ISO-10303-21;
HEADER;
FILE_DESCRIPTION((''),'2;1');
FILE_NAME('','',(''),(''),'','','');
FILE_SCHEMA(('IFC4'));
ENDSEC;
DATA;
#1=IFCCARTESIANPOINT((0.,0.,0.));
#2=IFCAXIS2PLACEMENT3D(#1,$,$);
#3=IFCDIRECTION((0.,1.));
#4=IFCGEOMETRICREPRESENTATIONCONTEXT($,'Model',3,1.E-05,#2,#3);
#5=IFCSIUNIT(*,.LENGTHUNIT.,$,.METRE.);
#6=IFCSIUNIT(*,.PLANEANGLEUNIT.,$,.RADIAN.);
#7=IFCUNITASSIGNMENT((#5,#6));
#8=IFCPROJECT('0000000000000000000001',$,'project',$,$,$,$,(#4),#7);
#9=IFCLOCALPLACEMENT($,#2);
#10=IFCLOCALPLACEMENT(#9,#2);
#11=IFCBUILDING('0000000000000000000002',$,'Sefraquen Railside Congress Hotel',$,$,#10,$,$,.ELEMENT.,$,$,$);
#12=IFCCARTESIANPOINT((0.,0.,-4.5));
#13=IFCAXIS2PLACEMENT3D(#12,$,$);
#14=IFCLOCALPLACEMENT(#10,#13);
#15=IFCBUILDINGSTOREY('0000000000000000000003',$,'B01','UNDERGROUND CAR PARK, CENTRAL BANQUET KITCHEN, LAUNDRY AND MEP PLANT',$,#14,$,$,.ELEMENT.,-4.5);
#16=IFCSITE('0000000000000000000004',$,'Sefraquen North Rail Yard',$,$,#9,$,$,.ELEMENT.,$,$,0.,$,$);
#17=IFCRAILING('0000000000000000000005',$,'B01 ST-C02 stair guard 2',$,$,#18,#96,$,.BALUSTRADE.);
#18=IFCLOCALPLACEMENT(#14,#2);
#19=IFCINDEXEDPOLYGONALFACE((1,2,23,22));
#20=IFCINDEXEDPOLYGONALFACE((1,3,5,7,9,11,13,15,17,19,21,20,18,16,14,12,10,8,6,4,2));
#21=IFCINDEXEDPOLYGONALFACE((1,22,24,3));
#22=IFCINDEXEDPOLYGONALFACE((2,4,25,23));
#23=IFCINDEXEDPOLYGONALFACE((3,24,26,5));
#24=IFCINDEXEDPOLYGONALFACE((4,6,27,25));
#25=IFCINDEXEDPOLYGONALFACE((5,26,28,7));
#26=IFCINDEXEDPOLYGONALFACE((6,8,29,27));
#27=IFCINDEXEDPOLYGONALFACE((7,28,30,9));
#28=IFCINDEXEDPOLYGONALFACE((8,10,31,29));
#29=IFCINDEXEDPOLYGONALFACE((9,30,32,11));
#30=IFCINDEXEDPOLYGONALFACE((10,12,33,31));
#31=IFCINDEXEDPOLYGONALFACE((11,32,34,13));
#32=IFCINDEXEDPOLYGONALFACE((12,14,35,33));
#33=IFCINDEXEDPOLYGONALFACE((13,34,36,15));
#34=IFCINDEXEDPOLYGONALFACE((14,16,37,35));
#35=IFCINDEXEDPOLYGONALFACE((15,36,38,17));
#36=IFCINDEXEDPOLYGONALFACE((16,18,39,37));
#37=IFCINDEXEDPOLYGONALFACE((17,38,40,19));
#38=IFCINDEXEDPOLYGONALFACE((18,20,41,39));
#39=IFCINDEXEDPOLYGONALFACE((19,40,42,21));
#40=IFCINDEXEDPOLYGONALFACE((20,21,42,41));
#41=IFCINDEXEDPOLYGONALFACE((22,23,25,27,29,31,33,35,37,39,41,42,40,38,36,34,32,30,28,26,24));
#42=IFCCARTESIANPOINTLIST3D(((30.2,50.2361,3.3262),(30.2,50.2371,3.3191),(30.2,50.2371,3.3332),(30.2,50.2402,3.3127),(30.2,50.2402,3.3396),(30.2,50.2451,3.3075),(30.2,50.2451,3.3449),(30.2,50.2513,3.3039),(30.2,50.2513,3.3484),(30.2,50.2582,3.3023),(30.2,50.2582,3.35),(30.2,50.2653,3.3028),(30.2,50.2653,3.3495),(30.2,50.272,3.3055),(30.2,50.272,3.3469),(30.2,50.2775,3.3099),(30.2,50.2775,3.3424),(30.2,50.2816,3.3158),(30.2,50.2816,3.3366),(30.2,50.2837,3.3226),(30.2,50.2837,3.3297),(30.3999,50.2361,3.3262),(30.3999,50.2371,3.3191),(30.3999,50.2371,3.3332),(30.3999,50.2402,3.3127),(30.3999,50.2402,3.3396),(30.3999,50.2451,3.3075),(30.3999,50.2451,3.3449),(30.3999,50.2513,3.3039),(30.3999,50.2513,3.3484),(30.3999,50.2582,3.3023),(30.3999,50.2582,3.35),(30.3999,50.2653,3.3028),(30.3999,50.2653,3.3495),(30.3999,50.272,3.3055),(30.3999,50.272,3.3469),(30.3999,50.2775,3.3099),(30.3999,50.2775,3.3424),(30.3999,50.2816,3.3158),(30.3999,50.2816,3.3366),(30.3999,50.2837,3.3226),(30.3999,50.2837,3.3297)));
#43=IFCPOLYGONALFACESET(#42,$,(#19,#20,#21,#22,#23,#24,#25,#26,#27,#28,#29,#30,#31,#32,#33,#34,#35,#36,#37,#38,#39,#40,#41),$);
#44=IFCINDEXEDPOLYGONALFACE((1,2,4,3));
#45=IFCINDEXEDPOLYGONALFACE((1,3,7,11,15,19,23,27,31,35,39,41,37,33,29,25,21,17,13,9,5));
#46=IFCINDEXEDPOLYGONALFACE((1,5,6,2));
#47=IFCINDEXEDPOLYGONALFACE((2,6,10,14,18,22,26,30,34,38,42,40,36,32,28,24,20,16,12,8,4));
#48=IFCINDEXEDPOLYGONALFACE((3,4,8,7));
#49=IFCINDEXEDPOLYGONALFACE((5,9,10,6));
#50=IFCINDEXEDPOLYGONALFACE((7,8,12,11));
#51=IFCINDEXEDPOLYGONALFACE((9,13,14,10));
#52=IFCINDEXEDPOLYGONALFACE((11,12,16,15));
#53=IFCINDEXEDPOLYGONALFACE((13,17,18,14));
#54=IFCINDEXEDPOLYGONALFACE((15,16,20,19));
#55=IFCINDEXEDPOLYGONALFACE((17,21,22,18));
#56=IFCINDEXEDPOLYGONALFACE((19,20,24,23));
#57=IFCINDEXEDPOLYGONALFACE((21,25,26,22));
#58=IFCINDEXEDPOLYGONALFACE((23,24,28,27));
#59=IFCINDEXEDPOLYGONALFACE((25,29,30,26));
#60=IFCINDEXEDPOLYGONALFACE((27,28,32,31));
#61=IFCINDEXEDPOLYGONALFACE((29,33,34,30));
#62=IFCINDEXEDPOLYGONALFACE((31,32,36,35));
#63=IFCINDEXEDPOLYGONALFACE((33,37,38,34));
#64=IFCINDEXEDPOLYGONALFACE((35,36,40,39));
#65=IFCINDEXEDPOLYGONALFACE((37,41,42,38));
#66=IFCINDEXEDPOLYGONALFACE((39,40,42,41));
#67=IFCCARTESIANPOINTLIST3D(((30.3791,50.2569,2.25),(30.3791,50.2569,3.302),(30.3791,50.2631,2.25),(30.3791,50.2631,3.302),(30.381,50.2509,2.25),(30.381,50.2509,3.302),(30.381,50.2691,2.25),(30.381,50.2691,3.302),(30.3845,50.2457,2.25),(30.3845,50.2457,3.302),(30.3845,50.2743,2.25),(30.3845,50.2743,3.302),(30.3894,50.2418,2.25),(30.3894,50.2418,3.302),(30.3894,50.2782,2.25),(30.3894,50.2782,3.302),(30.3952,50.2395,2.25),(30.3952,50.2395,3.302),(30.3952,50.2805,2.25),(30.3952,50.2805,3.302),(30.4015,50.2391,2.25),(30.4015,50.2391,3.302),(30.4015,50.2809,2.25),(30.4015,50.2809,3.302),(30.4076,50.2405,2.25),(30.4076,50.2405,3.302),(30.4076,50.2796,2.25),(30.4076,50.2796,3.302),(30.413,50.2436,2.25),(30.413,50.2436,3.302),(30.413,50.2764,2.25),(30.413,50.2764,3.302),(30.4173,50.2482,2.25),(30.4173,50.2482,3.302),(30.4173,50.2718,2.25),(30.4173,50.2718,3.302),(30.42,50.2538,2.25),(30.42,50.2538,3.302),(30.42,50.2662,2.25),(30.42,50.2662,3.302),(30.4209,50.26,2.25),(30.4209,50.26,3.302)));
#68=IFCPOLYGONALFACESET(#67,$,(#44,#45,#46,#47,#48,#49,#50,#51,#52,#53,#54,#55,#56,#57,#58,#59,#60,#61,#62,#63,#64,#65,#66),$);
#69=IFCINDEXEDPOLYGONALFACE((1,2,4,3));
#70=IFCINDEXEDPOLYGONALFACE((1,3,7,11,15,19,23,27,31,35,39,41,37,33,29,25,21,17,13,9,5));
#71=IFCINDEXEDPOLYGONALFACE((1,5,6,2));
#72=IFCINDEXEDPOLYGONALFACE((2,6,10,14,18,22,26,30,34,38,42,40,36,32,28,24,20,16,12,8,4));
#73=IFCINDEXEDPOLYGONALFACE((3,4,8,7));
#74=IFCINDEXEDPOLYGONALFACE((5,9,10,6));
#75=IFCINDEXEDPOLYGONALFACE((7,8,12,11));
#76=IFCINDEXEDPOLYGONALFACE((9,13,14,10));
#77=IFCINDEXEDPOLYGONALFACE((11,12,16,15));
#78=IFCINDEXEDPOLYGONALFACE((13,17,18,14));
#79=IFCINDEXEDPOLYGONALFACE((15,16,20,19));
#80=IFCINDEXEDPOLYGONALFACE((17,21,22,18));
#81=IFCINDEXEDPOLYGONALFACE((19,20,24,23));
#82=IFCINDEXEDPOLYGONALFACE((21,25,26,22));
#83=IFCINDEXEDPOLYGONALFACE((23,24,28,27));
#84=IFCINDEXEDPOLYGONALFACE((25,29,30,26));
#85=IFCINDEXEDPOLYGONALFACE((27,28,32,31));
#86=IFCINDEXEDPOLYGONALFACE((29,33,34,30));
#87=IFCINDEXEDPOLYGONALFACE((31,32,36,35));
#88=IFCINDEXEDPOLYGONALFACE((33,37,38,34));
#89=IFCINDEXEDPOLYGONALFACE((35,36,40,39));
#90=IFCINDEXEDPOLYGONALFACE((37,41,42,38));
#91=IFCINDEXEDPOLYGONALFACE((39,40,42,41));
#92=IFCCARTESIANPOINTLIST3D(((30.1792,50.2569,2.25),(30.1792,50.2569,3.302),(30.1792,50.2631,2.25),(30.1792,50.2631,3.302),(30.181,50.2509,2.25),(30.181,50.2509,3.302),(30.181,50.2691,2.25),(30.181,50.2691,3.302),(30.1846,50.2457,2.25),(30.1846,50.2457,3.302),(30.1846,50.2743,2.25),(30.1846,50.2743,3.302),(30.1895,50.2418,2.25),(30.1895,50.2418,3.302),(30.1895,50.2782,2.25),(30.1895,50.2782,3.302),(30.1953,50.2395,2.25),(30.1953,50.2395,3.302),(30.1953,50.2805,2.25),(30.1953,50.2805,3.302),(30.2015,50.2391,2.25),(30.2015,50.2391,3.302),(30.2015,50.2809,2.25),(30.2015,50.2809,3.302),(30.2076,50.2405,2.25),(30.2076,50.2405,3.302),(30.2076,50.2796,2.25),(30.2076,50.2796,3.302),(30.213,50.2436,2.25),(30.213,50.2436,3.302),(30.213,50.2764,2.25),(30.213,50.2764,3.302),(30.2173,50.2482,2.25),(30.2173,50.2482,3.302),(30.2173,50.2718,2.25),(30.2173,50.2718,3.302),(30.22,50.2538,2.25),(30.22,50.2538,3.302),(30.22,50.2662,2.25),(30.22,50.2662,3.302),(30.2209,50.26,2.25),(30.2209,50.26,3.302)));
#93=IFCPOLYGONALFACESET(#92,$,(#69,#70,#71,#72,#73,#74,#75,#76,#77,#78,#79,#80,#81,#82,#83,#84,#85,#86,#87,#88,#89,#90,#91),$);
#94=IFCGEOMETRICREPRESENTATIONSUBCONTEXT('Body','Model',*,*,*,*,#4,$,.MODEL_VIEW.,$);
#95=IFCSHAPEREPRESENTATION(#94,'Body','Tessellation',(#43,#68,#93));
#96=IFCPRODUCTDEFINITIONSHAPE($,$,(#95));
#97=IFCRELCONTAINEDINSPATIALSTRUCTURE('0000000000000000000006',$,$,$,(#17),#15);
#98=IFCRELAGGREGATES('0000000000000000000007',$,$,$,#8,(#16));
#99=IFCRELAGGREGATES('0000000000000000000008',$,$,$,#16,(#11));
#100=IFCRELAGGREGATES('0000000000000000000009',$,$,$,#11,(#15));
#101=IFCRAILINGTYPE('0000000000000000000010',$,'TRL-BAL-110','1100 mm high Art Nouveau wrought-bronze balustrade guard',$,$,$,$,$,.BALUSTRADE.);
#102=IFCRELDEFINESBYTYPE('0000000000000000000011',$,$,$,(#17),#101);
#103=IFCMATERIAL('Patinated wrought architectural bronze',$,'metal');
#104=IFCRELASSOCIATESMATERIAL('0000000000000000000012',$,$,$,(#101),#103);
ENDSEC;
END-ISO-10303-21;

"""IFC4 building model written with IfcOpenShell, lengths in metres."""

from ifc_helpers import new_model, si_unit, direction, frame, origin, origin_2d, place, context, subcontext, project, spatial, circle, extrude, material, type_object, element, save


model = new_model("IFC4")

# Units and contexts
model_context = context("Model", 3, precision=1e-05, world=origin(), true_north=direction((0.0, 1.0)))
body_context = subcontext(model_context, "Body", "Model", "MODEL_VIEW")
ifc_project = project(units=[si_unit("LENGTHUNIT", "METRE"), si_unit("PLANEANGLEUNIT", "RADIAN")], contexts=[model_context])

# Site, building, storey
site_placement = place(None, origin())
site = spatial("IfcSite", under=ifc_project, at=site_placement, Name="Sefraquen North Rail Yard", CompositionType="ELEMENT", RefElevation=0.0)
building_placement = place(site_placement, origin())
building = spatial("IfcBuilding", under=site, at=building_placement, Name="Sefraquen Railside Congress Hotel", CompositionType="ELEMENT")
storey_placement = place(building_placement, frame((0.0, 0.0, -4.5)))
storey = spatial("IfcBuildingStorey", under=building, at=storey_placement, Name="B01", Description="UNDERGROUND CAR PARK, CENTRAL BANQUET KITCHEN, LAUNDRY AND MEP PLANT", CompositionType="ELEMENT", Elevation=-4.5)

# Railing
ifc_material_1 = material(Name="Patinated wrought architectural bronze", Category="metal")
railing_type_1 = type_object("IfcRailingType", Name="TRL-BAL-110", Description="1100 mm high Art Nouveau wrought-bronze balustrade guard", PredefinedType="BALUSTRADE", material=ifc_material_1)
railing_1_placement = place(storey_placement, frame((30.3999, 50.26, 2.25)))
element("IfcRailing", 1, at=railing_1_placement, inside=storey, type_object=railing_type_1, Name="B01 ST-C02 stair guard 2", PredefinedType="BALUSTRADE", context=body_context, shape_type="SweptSolid", body=[
    extrude(circle(Radius=0.0239, at=origin_2d()), frame((0.0, 0.0, 1.0762), z_axis=(-1.0, 0.0, 0.0), x_axis=(0.0, -1.0, 0.0)), (0.0, 0.0, 1.0), 0.2),
    extrude(circle(Radius=0.021, at=origin_2d()), origin(), (0.0, 0.0, 1.0), 1.052),
    extrude(circle(Radius=0.021, at=origin_2d()), frame((-0.2, 0.0, 0.0)), (0.0, 0.0, 1.0), 1.052),
])

save(model, "model.ifc")
